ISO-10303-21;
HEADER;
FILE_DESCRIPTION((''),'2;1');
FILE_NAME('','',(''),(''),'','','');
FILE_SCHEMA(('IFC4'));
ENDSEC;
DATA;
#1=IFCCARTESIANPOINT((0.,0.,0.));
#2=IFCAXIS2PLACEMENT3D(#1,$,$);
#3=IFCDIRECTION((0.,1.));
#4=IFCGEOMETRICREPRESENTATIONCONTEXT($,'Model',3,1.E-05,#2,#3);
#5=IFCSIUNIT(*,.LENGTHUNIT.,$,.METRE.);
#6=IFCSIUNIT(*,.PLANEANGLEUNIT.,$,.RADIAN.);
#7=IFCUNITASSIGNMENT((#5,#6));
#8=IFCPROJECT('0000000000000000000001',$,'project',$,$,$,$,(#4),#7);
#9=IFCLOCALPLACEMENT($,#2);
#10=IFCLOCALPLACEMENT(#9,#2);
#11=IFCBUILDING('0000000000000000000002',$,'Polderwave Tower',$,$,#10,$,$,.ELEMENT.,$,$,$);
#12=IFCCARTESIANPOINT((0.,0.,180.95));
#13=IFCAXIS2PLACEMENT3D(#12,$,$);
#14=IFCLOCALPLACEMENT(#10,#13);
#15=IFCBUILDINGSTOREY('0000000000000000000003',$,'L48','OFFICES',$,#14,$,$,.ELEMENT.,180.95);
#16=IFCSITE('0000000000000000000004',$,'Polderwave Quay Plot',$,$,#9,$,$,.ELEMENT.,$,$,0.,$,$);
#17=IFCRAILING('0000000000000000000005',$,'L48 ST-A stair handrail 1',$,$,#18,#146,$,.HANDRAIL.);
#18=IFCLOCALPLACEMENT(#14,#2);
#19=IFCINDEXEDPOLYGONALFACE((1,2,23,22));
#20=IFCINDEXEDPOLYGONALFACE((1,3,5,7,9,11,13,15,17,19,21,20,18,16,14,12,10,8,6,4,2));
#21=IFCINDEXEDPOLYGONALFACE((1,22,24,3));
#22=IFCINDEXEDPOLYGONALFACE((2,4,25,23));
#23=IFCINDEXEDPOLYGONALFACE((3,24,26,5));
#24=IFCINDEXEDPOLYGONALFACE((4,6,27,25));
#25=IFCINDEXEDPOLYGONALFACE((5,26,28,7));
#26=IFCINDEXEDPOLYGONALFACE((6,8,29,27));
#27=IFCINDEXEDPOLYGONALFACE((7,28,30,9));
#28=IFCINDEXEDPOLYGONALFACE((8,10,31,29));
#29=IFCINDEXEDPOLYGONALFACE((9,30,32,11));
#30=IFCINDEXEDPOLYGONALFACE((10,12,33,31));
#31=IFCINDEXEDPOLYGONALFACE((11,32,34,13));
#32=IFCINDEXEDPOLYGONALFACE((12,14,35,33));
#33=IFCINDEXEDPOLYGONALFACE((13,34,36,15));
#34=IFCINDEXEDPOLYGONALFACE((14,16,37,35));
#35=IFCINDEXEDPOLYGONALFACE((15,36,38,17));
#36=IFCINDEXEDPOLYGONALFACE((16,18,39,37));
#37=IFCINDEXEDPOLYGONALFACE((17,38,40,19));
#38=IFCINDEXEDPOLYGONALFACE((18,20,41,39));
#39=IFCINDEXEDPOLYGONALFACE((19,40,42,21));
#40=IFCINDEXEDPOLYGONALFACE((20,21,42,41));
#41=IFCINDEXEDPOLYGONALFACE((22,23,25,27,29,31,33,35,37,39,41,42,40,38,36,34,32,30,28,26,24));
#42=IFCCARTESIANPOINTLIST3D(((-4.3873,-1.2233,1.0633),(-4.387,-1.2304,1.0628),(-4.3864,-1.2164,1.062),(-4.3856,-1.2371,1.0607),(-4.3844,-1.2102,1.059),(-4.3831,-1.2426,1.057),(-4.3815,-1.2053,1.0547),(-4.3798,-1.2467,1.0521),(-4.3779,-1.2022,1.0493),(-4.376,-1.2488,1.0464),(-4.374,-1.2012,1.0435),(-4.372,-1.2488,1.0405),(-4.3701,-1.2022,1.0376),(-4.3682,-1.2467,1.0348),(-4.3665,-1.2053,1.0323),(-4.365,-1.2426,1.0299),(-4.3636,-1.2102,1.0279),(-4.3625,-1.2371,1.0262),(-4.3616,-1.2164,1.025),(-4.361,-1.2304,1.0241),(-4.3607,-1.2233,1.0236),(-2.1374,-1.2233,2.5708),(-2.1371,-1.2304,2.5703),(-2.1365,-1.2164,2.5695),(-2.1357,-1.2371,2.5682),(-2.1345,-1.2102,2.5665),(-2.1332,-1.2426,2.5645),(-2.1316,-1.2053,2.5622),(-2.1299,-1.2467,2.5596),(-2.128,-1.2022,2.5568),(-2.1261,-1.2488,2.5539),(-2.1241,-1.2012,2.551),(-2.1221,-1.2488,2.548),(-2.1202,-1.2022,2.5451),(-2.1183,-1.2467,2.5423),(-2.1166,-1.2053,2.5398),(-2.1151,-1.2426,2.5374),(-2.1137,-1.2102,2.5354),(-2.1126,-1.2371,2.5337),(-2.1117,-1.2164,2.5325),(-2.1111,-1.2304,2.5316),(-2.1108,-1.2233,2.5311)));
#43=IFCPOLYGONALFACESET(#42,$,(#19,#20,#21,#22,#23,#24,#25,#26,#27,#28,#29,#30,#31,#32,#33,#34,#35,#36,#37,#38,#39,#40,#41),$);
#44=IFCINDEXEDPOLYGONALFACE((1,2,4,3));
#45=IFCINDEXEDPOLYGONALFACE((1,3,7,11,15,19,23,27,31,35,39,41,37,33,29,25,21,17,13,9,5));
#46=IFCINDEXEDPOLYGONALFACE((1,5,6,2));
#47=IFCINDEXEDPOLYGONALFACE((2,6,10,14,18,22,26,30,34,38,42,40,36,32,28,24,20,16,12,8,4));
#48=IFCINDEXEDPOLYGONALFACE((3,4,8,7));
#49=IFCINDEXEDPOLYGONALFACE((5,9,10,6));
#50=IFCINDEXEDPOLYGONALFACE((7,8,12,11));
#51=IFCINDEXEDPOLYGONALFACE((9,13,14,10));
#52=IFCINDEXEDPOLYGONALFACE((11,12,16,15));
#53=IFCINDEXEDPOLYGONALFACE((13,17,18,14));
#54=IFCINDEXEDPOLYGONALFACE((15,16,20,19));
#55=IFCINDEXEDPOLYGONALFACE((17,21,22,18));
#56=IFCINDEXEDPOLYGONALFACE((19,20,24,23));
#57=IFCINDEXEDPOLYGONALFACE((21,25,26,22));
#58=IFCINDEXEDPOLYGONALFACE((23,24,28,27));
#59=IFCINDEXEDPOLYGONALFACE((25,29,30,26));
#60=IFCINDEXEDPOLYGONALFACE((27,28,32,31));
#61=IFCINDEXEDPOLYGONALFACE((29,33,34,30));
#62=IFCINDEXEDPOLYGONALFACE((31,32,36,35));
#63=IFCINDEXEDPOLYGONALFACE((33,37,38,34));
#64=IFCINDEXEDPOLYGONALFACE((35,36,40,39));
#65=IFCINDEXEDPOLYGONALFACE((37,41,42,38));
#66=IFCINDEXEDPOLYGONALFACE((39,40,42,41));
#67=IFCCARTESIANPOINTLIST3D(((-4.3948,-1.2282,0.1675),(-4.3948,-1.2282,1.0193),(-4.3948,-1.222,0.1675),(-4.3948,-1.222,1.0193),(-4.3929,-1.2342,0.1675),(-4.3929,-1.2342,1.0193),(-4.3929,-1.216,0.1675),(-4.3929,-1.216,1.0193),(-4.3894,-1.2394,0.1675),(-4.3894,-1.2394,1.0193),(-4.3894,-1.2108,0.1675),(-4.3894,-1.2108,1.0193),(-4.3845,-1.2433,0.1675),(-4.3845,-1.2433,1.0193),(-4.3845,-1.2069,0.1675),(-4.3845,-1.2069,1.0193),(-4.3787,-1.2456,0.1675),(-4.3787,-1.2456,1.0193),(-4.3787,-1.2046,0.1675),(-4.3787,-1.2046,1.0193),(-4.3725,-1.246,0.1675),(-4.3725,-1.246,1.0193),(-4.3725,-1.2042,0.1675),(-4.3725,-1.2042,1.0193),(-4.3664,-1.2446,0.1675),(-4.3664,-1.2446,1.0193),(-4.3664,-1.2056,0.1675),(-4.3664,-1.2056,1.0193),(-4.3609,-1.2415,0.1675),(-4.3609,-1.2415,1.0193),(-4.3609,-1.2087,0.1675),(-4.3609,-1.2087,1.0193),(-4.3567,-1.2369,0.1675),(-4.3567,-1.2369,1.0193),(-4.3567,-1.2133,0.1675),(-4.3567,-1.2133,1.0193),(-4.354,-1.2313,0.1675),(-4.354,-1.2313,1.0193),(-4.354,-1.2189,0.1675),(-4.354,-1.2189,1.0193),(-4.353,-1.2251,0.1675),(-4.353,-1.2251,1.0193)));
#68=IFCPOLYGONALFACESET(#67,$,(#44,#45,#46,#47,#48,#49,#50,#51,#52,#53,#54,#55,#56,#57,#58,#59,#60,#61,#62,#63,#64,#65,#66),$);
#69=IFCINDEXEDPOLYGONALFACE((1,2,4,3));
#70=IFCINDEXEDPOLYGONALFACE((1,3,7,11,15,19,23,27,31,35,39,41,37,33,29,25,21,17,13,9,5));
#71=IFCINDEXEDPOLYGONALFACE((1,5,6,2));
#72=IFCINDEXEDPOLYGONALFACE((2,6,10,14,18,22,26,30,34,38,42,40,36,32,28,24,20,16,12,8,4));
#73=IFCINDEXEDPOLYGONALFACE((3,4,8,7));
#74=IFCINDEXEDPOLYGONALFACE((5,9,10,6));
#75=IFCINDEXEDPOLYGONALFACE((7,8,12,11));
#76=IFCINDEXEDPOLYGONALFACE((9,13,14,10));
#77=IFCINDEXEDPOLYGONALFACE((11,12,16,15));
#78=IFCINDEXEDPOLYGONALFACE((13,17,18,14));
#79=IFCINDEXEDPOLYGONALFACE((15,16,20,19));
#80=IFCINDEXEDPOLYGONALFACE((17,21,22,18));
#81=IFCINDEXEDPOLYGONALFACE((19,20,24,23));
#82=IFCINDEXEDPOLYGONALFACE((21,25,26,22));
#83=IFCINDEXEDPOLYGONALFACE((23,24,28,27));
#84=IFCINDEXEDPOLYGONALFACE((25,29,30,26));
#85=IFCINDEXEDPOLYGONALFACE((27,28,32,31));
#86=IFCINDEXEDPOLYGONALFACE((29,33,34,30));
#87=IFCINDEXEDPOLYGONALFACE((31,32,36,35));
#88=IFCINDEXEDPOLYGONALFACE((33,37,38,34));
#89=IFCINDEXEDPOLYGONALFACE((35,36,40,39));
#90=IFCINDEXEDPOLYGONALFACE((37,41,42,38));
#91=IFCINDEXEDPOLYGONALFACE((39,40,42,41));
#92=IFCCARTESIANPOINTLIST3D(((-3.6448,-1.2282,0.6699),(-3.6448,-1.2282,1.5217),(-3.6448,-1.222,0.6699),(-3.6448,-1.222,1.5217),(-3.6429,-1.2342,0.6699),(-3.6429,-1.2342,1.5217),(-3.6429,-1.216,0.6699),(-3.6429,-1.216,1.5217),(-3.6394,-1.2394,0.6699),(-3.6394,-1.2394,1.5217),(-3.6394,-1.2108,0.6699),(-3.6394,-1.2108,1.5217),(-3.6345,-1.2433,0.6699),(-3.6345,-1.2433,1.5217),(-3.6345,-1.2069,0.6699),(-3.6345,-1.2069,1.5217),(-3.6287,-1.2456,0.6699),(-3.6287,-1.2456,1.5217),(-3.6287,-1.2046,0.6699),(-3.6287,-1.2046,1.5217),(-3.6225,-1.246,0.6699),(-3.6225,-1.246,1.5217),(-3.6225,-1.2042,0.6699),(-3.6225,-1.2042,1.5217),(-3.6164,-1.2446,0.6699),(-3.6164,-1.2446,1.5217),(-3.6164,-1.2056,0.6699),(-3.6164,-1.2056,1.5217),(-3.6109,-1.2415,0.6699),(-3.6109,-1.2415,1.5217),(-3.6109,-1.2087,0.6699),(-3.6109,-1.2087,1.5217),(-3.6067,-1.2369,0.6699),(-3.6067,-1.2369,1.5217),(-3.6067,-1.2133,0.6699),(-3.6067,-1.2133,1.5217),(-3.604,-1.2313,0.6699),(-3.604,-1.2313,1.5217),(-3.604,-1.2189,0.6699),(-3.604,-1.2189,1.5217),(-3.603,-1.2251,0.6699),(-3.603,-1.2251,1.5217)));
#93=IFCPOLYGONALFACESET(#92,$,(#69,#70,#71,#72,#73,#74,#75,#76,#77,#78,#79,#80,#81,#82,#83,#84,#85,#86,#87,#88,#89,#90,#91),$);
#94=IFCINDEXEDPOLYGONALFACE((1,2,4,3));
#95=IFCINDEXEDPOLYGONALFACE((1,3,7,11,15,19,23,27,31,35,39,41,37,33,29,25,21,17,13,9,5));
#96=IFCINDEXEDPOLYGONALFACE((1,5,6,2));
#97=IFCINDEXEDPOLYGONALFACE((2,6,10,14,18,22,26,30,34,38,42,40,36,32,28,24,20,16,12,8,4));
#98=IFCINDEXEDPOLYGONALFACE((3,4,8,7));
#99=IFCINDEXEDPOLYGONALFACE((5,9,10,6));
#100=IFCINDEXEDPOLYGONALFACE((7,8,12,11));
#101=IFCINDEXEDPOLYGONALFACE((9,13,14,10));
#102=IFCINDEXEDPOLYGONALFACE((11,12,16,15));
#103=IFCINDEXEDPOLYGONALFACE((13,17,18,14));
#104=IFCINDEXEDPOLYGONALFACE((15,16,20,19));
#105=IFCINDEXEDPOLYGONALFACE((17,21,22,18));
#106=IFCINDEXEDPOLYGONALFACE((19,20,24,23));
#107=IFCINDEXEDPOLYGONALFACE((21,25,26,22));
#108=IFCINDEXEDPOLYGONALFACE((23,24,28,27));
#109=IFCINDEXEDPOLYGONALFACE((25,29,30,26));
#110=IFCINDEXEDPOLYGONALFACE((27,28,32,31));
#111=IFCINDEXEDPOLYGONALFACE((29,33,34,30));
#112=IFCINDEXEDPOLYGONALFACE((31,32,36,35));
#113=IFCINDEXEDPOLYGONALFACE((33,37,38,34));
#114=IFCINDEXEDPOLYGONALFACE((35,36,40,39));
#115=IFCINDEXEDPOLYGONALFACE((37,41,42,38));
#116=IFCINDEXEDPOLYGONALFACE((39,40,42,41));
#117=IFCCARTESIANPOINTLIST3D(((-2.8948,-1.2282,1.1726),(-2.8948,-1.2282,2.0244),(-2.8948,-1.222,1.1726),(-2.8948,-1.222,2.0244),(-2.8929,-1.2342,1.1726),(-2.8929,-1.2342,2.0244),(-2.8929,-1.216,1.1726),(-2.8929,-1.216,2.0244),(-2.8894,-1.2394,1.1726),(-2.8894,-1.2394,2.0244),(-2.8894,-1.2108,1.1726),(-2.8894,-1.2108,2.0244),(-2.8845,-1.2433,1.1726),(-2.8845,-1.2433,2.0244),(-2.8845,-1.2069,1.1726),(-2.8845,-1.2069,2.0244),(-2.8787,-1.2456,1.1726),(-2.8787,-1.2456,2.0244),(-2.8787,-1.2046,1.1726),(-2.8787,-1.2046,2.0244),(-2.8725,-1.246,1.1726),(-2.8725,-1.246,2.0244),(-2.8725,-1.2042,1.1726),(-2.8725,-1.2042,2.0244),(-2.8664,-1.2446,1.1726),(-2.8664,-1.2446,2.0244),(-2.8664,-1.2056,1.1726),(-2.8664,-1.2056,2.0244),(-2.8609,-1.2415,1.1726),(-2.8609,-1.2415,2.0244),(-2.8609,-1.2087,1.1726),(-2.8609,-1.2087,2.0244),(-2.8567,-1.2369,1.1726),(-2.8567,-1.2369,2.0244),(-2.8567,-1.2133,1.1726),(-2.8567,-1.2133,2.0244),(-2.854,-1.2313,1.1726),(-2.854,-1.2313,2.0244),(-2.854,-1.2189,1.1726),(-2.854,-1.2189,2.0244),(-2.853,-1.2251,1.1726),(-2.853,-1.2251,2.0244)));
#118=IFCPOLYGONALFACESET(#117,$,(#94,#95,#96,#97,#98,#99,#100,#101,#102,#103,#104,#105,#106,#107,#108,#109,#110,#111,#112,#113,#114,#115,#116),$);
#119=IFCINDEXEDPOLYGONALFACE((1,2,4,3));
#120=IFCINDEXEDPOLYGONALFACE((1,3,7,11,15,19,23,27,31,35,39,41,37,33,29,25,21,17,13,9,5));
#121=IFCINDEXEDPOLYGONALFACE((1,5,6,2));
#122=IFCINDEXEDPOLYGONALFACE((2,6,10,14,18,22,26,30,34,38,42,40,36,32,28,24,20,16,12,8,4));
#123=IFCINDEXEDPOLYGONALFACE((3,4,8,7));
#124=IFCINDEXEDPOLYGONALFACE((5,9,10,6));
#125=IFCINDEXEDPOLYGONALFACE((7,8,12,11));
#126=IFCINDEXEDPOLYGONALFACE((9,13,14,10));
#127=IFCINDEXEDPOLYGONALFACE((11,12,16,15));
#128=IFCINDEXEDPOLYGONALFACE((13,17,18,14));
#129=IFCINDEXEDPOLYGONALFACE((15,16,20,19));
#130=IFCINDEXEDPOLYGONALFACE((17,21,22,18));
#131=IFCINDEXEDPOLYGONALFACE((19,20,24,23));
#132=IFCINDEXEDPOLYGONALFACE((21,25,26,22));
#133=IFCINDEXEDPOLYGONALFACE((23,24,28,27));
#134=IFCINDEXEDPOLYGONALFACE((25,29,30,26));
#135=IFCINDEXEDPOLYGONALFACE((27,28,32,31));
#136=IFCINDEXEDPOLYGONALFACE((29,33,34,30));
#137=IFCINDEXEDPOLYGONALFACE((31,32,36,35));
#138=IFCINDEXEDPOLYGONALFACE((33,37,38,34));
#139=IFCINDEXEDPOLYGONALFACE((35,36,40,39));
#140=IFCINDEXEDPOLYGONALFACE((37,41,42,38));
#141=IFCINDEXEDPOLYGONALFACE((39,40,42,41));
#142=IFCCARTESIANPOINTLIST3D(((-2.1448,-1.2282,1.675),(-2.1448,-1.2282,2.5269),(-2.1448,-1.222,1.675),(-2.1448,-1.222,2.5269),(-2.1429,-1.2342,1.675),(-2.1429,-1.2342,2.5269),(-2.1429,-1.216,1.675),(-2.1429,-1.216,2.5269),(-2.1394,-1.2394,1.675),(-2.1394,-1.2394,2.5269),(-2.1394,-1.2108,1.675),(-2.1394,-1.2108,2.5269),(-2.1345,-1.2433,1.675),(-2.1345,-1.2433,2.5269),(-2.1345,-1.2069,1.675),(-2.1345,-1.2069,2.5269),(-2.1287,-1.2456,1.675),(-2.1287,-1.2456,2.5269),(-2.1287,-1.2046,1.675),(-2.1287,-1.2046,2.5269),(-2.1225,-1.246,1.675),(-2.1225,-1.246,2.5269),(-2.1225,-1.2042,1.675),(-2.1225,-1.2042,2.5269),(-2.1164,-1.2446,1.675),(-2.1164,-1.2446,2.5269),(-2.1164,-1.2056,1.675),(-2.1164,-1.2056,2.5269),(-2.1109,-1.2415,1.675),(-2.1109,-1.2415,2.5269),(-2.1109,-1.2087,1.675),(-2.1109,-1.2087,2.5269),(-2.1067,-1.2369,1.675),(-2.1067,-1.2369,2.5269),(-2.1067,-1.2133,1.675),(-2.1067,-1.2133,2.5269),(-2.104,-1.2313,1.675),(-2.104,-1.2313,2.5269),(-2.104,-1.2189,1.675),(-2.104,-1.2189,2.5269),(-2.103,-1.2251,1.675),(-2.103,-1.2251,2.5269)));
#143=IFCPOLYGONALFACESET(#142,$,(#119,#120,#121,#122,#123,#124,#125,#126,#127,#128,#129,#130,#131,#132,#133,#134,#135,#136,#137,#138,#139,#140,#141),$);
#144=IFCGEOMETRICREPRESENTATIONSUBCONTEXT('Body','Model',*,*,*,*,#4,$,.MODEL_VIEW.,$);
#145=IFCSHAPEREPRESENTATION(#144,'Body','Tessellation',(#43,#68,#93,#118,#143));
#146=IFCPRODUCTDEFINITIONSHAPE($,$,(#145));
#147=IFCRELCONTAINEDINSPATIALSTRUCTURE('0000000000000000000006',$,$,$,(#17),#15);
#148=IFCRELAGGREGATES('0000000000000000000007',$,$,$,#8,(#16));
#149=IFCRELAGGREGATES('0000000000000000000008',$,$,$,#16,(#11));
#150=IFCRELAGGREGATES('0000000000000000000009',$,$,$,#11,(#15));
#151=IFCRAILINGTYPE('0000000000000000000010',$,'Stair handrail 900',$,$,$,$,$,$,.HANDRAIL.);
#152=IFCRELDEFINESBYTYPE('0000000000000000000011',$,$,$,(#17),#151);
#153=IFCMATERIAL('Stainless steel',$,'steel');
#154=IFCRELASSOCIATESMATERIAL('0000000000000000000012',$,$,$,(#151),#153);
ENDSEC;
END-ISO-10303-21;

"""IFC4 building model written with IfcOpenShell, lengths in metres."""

from ifc_helpers import new_model, si_unit, direction, frame, origin, origin_2d, place, context, subcontext, project, spatial, circle, extrude, material, type_object, element, save


model = new_model("IFC4")

# Units and contexts
model_context = context("Model", 3, precision=1e-05, world=origin(), true_north=direction((0.0, 1.0)))
body_context = subcontext(model_context, "Body", "Model", "MODEL_VIEW")
ifc_project = project(units=[si_unit("LENGTHUNIT", "METRE"), si_unit("PLANEANGLEUNIT", "RADIAN")], contexts=[model_context])

# Site, building, storey
site_placement = place(None, origin())
site = spatial("IfcSite", under=ifc_project, at=site_placement, Name="Polderwave Quay Plot", CompositionType="ELEMENT", RefElevation=0.0)
building_placement = place(site_placement, origin())
building = spatial("IfcBuilding", under=site, at=building_placement, Name="Polderwave Tower", CompositionType="ELEMENT")
storey_placement = place(building_placement, frame((0.0, 0.0, 180.95)))
storey = spatial("IfcBuildingStorey", under=building, at=storey_placement, Name="L48", Description="OFFICES", CompositionType="ELEMENT", Elevation=180.95)

# Shared definitions
ifc_material_1 = material(Name="Stainless steel", Category="steel")

# Railing
railing_type_1 = type_object("IfcRailingType", Name="Stair handrail 900", PredefinedType="HANDRAIL", material=ifc_material_1)
railing_1_placement = place(storey_placement, frame((-4.374, -1.2251, 0.1675)))
element("IfcRailing", 1, at=railing_1_placement, inside=storey, type_object=railing_type_1, Name="L48 ST-A stair handrail 1", PredefinedType="HANDRAIL", context=body_context, shape_type="SweptSolid", body=[
    extrude(circle(Radius=0.0239, at=origin_2d()), frame((0.0, 0.0, 0.876), z_axis=(0.830758, 0.0, 0.556633), x_axis=(0.0, 1.0, 0.0)), (0.0, 0.0, 1.0), 2.7083),
    extrude(circle(Radius=0.021, at=origin_2d()), origin(), (0.0, 0.0, 1.0), 0.8518),
    extrude(circle(Radius=0.021, at=origin_2d()), frame((0.75, 0.0, 0.5024)), (0.0, 0.0, 1.0), 0.8518),
    extrude(circle(Radius=0.021, at=origin_2d()), frame((1.5, 0.0, 1.0051)), (0.0, 0.0, 1.0), 0.8518),
    extrude(circle(Radius=0.021, at=origin_2d()), frame((2.25, 0.0, 1.5076)), (0.0, 0.0, 1.0), 0.8518),
])

save(model, "model.ifc")
